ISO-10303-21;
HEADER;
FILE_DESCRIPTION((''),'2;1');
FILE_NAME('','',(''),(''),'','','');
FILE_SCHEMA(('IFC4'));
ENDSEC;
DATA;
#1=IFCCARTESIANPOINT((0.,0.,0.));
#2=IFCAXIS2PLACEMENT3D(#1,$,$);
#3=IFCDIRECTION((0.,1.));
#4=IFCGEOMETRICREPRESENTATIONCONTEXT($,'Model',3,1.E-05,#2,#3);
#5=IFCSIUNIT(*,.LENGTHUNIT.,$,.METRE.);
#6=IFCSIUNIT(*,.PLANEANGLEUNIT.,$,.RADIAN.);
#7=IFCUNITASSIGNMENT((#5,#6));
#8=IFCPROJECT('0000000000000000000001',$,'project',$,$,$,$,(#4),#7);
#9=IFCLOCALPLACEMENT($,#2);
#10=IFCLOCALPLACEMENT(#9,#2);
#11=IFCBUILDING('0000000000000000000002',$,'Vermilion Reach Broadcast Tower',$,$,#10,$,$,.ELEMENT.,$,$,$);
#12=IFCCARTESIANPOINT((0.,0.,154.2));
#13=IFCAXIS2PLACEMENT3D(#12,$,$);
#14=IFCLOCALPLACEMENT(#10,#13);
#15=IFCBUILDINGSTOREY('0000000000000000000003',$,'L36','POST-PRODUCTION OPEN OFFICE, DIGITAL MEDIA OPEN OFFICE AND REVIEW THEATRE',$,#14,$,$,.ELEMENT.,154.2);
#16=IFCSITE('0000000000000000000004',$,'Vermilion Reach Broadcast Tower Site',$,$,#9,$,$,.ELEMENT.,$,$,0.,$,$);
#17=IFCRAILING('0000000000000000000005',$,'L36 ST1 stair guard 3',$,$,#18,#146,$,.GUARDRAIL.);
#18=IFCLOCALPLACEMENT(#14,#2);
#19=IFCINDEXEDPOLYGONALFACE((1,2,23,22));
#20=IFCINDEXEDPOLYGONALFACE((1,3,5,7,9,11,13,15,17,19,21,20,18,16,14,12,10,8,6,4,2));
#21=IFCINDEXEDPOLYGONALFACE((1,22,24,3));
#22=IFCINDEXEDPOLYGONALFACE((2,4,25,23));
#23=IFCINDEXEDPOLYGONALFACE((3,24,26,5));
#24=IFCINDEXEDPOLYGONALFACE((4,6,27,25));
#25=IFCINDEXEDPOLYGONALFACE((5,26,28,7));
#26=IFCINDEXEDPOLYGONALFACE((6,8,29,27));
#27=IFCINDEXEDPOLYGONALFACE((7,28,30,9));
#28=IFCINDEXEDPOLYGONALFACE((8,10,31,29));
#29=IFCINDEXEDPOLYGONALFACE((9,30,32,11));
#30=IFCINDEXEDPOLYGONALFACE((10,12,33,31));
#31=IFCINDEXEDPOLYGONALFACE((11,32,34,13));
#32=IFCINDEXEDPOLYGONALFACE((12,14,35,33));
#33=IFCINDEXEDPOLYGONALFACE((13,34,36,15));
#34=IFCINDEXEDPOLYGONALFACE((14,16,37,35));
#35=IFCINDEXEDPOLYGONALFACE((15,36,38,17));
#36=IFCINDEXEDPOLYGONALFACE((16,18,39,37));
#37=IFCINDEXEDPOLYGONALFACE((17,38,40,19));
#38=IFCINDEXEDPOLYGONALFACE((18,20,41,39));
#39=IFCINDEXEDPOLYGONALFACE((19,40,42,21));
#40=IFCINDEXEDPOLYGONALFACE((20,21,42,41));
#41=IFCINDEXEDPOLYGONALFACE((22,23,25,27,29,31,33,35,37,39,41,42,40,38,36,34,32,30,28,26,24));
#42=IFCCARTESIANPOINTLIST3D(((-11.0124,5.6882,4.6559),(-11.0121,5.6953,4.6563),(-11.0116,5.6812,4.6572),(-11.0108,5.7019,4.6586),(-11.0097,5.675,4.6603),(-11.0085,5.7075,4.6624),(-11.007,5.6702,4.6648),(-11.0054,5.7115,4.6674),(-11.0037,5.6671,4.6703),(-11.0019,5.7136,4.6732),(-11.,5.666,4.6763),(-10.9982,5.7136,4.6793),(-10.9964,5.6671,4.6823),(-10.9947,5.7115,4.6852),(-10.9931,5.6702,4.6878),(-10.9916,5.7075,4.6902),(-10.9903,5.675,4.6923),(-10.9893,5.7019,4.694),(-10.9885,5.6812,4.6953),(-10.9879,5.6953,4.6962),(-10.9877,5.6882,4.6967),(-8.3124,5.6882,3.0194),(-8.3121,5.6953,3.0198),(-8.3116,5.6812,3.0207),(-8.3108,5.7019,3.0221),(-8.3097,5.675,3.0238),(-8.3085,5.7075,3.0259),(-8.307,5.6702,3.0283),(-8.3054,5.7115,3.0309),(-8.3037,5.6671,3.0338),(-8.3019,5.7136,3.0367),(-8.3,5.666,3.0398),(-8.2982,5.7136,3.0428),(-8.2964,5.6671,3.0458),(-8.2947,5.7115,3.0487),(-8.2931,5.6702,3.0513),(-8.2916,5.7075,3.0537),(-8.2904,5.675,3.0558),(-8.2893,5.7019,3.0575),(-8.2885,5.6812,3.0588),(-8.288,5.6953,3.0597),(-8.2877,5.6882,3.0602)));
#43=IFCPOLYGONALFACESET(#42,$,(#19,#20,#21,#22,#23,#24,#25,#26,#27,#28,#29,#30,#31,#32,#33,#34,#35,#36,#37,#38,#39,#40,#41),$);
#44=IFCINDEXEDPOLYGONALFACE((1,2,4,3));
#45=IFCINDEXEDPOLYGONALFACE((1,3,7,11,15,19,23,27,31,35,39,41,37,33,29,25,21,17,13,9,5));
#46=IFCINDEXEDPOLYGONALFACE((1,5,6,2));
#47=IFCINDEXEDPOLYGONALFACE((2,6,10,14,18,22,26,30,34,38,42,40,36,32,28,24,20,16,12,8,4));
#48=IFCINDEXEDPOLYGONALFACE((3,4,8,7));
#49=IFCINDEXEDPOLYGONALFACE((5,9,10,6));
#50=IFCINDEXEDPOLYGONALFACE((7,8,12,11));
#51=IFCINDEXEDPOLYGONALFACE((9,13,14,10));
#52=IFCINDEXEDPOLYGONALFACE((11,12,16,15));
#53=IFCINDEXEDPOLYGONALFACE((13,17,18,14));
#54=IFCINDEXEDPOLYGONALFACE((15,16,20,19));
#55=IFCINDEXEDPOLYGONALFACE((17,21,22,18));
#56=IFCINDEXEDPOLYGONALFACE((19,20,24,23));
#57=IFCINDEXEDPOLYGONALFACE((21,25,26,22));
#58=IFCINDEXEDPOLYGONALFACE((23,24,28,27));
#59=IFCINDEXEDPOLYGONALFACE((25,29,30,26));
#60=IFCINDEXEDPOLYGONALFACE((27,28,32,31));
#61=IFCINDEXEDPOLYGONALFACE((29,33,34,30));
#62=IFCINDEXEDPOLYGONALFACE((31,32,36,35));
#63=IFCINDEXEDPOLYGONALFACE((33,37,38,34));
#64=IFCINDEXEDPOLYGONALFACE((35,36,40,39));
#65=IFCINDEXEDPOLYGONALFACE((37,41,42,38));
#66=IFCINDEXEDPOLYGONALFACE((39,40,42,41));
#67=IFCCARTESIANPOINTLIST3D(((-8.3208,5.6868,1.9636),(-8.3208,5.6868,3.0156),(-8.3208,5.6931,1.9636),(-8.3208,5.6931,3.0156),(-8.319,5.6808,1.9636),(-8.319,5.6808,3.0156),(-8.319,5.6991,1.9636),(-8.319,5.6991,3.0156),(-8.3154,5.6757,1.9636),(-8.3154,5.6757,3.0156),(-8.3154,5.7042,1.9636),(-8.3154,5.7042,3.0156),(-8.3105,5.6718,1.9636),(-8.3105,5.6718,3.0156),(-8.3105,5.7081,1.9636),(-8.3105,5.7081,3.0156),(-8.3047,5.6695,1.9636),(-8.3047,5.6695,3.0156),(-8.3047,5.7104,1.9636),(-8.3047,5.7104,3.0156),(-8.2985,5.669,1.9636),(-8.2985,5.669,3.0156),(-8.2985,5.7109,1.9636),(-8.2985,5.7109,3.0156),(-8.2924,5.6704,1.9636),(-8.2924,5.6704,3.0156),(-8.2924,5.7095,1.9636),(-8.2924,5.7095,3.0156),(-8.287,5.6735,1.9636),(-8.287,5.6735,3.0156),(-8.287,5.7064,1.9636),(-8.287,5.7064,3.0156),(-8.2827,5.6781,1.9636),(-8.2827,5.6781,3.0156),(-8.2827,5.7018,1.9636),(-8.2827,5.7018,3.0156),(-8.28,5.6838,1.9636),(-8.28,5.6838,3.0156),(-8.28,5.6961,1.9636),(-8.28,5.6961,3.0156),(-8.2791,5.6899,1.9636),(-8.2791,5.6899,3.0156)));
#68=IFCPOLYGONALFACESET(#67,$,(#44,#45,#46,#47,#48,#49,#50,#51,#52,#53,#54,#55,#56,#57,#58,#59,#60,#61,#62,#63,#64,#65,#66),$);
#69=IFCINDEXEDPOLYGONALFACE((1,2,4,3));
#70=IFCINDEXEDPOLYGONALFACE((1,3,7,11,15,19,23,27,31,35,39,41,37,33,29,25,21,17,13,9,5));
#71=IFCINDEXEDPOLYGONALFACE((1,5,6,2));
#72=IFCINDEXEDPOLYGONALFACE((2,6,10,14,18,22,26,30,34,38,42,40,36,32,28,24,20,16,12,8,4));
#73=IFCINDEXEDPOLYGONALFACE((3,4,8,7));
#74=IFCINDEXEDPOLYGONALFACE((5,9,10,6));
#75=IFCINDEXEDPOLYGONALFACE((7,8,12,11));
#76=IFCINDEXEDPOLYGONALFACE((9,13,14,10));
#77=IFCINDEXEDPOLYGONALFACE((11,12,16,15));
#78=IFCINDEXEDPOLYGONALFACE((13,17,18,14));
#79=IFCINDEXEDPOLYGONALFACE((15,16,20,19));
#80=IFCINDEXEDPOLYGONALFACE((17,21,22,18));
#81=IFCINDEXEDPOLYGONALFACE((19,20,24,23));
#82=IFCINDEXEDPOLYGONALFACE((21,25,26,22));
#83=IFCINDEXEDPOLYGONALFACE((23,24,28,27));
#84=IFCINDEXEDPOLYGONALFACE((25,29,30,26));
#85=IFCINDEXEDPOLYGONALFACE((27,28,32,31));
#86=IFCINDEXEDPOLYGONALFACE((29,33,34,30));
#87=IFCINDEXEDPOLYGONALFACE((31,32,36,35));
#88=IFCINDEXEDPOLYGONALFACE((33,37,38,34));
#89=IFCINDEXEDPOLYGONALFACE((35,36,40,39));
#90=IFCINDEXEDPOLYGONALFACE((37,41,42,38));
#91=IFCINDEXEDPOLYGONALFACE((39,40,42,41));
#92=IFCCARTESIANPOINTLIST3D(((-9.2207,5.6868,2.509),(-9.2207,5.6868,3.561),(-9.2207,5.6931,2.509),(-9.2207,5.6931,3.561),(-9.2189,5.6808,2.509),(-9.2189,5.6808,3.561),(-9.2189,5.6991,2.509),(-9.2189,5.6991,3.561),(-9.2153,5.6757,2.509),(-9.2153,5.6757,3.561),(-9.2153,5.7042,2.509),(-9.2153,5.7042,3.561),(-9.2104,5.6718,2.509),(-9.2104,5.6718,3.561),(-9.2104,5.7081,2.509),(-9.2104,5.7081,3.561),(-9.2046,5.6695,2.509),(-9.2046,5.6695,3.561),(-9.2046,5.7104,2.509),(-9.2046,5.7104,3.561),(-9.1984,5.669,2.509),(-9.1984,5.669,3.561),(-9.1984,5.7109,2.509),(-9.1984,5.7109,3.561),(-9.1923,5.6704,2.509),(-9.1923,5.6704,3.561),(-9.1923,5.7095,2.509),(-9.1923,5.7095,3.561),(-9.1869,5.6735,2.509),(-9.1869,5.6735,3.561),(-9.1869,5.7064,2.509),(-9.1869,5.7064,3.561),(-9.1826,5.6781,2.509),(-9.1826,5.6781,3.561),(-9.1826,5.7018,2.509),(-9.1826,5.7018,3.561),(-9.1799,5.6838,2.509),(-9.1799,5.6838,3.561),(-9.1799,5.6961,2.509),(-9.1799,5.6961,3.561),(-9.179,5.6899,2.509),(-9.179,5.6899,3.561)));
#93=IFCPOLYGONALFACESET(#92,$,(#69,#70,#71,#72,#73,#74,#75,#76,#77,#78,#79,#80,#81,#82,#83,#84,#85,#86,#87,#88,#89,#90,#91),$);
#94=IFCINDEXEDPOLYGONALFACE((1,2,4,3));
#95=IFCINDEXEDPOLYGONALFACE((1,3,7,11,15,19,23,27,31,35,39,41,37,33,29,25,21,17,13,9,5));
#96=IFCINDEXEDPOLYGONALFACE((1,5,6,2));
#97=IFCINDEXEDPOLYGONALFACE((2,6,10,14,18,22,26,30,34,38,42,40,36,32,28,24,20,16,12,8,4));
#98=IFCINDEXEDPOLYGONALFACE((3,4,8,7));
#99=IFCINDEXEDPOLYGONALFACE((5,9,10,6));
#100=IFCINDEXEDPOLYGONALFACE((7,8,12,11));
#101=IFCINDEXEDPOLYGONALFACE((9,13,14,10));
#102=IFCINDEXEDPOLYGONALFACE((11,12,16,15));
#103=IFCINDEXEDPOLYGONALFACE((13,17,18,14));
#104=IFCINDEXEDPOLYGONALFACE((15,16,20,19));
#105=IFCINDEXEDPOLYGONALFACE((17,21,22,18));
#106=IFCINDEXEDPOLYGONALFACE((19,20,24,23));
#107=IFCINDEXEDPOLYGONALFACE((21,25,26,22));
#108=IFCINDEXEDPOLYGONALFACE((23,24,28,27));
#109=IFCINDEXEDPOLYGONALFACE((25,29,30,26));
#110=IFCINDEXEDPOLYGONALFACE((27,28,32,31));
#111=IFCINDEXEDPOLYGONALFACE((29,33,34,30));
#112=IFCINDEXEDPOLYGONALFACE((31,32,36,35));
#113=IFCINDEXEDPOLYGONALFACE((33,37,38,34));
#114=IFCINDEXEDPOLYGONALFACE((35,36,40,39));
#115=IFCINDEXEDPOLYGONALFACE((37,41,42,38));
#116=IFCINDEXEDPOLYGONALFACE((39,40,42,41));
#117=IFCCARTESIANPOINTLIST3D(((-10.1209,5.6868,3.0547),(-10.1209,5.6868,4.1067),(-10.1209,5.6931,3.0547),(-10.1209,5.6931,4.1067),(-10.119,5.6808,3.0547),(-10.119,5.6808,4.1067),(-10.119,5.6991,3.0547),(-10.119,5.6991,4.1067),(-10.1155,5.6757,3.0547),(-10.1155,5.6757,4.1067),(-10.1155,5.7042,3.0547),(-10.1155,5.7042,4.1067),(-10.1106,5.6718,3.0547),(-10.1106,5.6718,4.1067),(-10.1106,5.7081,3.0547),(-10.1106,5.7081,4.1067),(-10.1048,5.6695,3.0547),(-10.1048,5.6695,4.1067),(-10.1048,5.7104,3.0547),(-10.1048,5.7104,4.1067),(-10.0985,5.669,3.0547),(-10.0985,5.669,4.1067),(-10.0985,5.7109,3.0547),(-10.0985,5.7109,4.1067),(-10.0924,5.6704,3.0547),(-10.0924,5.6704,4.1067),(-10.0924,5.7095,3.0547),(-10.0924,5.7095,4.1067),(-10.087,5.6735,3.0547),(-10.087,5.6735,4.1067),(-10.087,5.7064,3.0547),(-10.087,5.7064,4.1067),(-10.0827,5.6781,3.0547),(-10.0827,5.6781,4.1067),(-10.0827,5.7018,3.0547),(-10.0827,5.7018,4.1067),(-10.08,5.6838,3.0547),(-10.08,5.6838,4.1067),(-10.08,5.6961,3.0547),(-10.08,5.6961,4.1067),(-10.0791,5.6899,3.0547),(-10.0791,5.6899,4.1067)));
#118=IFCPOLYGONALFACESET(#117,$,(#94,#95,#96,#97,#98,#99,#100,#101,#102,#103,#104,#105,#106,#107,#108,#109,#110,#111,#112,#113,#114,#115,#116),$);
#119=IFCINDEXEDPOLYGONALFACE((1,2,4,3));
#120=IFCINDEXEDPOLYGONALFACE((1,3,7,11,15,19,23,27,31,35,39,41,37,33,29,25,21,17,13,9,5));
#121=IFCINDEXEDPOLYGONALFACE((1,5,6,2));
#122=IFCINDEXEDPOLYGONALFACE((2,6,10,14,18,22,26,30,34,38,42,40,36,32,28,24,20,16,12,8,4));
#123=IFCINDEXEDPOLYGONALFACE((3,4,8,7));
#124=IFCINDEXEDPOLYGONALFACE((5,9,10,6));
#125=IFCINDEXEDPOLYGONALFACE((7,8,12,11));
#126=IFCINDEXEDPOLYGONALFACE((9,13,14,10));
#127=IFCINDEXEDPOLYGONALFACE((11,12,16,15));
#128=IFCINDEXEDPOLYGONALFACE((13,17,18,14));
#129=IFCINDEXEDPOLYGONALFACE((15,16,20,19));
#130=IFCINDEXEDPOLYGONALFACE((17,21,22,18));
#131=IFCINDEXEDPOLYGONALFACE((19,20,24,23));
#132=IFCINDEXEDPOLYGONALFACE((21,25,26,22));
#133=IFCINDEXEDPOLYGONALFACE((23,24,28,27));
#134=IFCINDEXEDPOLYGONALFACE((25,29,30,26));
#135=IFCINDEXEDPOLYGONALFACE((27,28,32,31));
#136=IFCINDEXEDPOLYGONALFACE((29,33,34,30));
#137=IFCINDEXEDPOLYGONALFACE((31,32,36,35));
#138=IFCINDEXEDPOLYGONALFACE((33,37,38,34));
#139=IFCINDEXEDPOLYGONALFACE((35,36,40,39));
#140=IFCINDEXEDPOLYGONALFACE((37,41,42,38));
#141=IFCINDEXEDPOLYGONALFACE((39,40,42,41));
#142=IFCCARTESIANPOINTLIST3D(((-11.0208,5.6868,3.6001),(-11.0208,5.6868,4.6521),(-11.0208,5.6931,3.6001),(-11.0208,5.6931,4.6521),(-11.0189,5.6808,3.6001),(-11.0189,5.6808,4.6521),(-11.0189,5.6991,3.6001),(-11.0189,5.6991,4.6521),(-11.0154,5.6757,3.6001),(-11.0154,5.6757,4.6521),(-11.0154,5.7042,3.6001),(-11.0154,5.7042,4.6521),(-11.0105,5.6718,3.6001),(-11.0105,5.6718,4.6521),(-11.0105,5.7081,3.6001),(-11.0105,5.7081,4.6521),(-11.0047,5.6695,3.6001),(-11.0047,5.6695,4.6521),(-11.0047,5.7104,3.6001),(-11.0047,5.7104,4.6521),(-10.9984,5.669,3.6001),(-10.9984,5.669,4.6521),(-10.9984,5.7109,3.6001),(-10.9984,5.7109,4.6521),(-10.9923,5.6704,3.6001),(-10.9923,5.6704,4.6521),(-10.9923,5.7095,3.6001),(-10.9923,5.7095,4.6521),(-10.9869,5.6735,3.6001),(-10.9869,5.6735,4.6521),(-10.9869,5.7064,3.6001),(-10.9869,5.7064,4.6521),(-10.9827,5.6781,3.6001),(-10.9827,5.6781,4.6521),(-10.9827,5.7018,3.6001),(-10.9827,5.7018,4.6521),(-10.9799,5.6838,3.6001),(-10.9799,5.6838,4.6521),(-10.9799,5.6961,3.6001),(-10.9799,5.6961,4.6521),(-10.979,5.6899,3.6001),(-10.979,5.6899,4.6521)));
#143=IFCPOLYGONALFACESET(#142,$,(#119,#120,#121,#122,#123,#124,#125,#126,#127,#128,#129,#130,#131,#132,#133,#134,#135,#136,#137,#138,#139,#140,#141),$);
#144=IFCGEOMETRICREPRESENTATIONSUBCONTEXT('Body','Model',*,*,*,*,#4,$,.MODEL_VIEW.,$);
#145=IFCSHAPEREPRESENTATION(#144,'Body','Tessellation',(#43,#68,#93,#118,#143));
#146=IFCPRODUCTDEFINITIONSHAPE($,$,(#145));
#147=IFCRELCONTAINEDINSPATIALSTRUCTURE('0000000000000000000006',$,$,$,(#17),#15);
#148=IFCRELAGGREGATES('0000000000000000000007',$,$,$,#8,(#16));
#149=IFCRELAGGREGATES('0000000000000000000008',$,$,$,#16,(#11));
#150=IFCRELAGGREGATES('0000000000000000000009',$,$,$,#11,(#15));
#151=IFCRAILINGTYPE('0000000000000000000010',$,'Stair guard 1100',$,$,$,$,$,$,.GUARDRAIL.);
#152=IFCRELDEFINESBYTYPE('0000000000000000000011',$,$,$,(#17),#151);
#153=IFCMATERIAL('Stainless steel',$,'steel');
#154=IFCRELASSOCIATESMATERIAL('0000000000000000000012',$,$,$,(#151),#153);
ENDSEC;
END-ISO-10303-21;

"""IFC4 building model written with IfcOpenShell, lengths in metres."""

from ifc_helpers import new_model, si_unit, direction, frame, origin, origin_2d, place, context, subcontext, project, spatial, circle, extrude, material, type_object, element, save


model = new_model("IFC4")

# Units and contexts
model_context = context("Model", 3, precision=1e-05, world=origin(), true_north=direction((0.0, 1.0)))
body_context = subcontext(model_context, "Body", "Model", "MODEL_VIEW")
ifc_project = project(units=[si_unit("LENGTHUNIT", "METRE"), si_unit("PLANEANGLEUNIT", "RADIAN")], contexts=[model_context])

# Site, building, storey
site_placement = place(None, origin())
site = spatial("IfcSite", under=ifc_project, at=site_placement, Name="Vermilion Reach Broadcast Tower Site", CompositionType="ELEMENT", RefElevation=0.0)
building_placement = place(site_placement, origin())
building = spatial("IfcBuilding", under=site, at=building_placement, Name="Vermilion Reach Broadcast Tower", CompositionType="ELEMENT")
storey_placement = place(building_placement, frame((0.0, 0.0, 154.2)))
storey = spatial("IfcBuildingStorey", under=building, at=storey_placement, Name="L36", Description="POST-PRODUCTION OPEN OFFICE, DIGITAL MEDIA OPEN OFFICE AND REVIEW THEATRE", CompositionType="ELEMENT", Elevation=154.2)

# Railing
ifc_material_1 = material(Name="Stainless steel", Category="steel")
railing_type_1 = type_object("IfcRailingType", Name="Stair guard 1100", PredefinedType="GUARDRAIL", material=ifc_material_1)
railing_1_placement = place(storey_placement, frame((-8.3, 5.6899, 1.9636)))
element("IfcRailing", 1, at=railing_1_placement, inside=storey, type_object=railing_type_1, Name="L36 ST1 stair guard 3", PredefinedType="GUARDRAIL", context=body_context, shape_type="SweptSolid", body=[
    extrude(circle(Radius=0.0239, at=origin_2d()), frame((0.0, 0.0, 1.0762), z_axis=(-0.855178, 0.0, 0.518334), x_axis=(0.0, -1.0, 0.0)), (0.0, 0.0, 1.0), 3.1572),
    extrude(circle(Radius=0.021, at=origin_2d()), origin(), (0.0, 0.0, 1.0), 1.052),
    extrude(circle(Radius=0.021, at=origin_2d()), frame((-0.8999, 0.0, 0.5454)), (0.0, 0.0, 1.0), 1.052),
    extrude(circle(Radius=0.021, at=origin_2d()), frame((-1.8, 0.0, 1.0911)), (0.0, 0.0, 1.0), 1.052),
    extrude(circle(Radius=0.021, at=origin_2d()), frame((-2.7, 0.0, 1.6365)), (0.0, 0.0, 1.0), 1.052),
])

save(model, "model.ifc")
